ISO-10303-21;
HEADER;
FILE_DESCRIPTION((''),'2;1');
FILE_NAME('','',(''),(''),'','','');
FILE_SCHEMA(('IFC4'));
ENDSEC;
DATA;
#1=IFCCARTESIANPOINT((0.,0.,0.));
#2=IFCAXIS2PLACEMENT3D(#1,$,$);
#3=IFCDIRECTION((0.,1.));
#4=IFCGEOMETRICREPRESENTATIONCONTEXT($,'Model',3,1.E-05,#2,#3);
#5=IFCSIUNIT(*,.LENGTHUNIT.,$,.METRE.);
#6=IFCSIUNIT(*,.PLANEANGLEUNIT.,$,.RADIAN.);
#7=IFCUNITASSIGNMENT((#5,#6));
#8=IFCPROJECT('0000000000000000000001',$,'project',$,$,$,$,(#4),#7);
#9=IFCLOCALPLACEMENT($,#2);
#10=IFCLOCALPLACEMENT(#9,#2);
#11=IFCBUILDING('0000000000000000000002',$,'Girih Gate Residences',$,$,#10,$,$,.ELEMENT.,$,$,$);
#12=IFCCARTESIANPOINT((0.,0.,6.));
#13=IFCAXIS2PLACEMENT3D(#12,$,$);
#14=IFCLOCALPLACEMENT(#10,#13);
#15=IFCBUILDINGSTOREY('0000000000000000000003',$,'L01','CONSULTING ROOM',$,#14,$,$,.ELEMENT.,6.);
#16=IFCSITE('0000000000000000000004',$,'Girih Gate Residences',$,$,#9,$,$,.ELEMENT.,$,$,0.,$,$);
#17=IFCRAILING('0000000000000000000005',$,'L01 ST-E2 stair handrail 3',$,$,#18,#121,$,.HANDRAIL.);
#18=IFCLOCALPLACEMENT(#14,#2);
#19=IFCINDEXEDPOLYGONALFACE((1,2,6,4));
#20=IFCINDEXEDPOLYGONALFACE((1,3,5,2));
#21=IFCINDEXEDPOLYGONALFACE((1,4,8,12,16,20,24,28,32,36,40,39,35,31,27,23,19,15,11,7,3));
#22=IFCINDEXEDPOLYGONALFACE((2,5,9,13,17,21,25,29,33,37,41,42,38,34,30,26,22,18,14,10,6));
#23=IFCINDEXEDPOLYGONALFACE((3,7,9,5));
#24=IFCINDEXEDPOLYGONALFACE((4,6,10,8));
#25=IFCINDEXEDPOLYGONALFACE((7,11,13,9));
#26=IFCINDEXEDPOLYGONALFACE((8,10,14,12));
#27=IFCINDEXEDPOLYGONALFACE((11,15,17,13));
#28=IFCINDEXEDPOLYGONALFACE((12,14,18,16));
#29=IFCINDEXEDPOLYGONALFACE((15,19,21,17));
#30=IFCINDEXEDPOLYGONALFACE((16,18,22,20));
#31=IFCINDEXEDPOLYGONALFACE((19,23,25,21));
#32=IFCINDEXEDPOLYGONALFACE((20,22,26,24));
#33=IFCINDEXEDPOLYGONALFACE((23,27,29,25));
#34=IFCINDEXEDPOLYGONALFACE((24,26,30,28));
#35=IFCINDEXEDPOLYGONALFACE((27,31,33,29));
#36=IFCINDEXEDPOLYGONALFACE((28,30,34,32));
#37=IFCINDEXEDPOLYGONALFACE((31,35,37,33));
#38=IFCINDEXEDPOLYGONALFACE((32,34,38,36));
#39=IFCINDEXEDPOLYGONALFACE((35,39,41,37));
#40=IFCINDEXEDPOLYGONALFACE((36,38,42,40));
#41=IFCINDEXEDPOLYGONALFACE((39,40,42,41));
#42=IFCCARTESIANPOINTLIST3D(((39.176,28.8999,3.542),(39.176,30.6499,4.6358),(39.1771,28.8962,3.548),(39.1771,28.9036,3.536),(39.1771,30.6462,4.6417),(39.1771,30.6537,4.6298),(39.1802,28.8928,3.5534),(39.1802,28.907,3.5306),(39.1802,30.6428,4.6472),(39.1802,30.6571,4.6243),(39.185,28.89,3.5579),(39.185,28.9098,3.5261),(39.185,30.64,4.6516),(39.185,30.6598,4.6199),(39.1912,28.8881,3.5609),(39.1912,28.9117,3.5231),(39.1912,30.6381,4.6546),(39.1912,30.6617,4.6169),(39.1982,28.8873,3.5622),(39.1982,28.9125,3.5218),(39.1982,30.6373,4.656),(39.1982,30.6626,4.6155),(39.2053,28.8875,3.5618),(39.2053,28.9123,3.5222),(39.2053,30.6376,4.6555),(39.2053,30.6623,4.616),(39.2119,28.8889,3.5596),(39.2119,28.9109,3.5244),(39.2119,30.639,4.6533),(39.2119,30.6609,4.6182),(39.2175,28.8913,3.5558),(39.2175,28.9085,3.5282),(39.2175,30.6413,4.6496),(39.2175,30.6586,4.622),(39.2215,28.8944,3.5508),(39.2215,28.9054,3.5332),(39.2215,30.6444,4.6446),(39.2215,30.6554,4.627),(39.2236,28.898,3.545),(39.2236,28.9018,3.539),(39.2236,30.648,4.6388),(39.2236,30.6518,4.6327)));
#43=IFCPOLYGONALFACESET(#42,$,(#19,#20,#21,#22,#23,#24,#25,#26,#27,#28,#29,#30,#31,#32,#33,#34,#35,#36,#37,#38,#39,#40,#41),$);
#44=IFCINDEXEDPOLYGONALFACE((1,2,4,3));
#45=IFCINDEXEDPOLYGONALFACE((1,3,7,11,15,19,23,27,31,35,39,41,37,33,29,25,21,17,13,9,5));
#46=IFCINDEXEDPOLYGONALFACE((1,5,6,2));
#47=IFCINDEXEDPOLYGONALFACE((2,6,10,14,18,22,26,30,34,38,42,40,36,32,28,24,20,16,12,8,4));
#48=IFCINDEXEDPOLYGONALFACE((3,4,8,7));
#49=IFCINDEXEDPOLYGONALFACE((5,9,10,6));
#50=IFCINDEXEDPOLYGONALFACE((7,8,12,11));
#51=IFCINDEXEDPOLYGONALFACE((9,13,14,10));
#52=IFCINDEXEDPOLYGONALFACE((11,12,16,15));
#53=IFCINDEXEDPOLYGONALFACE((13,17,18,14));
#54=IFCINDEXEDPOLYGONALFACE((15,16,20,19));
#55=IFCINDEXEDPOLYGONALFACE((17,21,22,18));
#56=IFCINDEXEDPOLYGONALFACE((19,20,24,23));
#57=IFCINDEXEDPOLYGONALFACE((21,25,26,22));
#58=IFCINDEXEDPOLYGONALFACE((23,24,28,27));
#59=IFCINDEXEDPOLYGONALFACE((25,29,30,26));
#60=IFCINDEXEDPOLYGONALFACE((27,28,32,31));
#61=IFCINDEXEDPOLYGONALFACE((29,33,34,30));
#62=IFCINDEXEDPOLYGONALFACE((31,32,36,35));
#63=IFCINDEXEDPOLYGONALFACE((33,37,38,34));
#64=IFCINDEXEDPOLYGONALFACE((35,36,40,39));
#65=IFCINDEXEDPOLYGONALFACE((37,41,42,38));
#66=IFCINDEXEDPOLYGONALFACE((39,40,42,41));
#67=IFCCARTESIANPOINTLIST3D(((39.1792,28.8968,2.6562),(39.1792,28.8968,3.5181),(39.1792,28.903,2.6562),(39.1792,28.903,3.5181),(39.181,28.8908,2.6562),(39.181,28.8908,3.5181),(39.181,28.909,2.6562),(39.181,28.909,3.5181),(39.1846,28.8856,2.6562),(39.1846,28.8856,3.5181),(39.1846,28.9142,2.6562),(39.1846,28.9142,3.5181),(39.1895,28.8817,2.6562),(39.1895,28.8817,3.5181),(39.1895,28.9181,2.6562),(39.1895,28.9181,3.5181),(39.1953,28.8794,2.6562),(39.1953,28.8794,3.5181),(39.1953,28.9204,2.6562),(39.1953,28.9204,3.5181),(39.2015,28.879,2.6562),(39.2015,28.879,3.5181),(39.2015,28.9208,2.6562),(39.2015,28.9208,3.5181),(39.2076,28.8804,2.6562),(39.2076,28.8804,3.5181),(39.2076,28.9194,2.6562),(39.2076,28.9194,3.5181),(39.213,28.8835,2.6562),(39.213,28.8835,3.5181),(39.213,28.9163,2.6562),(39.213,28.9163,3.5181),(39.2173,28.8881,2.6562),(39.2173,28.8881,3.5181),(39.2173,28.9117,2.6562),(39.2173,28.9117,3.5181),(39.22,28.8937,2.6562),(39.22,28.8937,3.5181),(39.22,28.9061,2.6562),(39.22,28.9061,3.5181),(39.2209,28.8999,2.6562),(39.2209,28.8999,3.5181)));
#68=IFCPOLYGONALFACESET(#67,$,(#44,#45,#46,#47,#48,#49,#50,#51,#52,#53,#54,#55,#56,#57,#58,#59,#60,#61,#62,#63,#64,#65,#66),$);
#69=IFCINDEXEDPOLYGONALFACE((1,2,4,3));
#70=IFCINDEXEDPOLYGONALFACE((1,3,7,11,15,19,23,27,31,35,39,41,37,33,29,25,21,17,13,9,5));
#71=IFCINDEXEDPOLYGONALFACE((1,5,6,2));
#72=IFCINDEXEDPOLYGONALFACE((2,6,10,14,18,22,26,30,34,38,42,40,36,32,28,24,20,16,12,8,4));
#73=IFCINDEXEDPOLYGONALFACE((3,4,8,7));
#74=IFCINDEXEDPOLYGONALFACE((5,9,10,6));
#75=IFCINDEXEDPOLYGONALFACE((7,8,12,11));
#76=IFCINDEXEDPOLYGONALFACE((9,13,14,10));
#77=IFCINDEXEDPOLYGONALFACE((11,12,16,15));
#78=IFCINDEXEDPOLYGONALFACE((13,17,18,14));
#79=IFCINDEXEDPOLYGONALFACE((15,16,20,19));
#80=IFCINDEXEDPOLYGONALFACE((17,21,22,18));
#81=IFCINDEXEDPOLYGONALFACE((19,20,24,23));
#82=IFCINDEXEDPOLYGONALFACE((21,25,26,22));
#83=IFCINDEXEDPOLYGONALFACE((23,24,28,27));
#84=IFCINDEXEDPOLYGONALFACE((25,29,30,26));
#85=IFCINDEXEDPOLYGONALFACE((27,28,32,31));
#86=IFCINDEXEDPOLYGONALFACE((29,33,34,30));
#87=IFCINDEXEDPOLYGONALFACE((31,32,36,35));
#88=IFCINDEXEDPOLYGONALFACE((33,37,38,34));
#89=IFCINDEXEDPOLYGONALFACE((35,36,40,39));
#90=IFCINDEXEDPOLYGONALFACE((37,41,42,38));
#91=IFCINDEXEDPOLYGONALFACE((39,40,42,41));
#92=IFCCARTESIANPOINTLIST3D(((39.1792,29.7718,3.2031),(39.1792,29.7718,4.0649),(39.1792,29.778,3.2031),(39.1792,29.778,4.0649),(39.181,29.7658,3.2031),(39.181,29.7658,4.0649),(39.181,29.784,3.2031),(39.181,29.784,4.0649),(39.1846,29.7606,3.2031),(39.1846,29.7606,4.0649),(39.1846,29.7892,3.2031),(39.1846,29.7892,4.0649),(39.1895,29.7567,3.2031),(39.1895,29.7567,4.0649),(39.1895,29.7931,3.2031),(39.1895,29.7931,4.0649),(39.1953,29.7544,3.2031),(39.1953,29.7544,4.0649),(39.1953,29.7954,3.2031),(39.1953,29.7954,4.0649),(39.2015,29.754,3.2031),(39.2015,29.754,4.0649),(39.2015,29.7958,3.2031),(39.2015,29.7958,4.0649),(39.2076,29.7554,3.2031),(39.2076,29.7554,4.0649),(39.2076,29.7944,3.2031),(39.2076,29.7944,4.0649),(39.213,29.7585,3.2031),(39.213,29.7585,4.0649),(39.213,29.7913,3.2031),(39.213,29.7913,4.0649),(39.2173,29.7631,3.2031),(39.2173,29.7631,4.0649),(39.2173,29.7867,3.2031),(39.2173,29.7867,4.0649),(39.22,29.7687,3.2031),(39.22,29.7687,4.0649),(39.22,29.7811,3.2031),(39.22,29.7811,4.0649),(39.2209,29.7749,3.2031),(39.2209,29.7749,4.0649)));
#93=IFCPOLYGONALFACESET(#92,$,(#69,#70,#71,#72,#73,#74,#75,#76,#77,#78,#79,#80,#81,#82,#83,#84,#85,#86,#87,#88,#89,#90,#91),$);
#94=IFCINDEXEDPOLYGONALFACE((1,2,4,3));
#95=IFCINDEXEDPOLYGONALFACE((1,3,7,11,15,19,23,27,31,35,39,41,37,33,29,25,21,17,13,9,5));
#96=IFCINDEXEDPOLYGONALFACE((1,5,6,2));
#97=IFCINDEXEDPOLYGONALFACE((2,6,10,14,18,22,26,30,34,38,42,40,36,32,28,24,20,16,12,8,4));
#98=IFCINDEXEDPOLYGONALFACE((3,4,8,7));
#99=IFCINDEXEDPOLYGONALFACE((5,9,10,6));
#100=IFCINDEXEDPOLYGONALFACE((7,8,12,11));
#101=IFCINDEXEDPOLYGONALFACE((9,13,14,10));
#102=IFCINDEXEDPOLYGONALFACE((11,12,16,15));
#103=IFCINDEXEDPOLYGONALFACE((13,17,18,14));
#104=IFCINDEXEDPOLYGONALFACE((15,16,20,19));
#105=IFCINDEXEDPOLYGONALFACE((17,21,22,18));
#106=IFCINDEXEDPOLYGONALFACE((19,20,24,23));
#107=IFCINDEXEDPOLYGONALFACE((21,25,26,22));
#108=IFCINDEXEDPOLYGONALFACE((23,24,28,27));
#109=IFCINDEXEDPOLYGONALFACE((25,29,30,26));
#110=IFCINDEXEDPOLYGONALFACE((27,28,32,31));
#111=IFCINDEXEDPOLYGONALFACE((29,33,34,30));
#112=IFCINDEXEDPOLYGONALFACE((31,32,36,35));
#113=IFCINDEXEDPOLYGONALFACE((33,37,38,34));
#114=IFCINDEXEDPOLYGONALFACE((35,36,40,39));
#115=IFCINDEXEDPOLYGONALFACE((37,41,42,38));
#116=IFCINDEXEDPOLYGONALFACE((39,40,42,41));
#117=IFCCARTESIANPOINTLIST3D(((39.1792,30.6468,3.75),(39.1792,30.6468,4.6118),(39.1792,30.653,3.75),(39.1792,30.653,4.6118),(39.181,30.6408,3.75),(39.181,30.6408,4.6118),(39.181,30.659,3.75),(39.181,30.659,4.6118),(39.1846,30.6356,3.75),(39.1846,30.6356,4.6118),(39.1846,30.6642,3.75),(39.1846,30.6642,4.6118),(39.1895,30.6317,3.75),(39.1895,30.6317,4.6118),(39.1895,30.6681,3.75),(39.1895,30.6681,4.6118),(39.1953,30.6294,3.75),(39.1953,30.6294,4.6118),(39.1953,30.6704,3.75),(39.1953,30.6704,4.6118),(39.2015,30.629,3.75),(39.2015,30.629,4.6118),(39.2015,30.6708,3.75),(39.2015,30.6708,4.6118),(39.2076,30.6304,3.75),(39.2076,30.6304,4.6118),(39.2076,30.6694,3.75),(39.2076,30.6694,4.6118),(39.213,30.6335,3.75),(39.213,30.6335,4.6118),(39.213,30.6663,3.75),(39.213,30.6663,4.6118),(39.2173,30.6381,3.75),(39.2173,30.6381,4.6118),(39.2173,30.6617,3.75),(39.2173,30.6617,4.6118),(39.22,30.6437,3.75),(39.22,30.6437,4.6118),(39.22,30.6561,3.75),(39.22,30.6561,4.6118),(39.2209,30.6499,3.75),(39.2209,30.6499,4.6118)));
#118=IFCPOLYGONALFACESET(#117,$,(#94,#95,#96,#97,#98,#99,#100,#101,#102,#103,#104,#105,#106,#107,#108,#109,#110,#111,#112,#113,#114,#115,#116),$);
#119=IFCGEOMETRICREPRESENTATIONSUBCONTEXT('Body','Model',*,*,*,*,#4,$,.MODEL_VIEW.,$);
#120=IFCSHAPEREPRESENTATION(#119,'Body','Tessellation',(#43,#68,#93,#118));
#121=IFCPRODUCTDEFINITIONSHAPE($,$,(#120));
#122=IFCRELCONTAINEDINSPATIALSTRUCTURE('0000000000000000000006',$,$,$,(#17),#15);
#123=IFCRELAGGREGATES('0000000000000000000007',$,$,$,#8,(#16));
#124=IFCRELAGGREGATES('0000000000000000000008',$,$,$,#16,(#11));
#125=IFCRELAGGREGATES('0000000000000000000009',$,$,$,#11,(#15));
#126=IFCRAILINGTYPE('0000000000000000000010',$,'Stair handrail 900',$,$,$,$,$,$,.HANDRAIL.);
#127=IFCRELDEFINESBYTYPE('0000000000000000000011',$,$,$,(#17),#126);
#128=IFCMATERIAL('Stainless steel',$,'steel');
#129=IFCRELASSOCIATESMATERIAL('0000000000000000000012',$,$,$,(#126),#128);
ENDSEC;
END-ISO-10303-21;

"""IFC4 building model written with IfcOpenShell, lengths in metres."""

from ifc_helpers import new_model, si_unit, direction, frame, origin, origin_2d, place, context, subcontext, project, spatial, circle, extrude, material, type_object, element, save


model = new_model("IFC4")

# Units and contexts
model_context = context("Model", 3, precision=1e-05, world=origin(), true_north=direction((0.0, 1.0)))
body_context = subcontext(model_context, "Body", "Model", "MODEL_VIEW")
ifc_project = project(units=[si_unit("LENGTHUNIT", "METRE"), si_unit("PLANEANGLEUNIT", "RADIAN")], contexts=[model_context])

# Site, building, storey
site_placement = place(None, origin())
site = spatial("IfcSite", under=ifc_project, at=site_placement, Name="Girih Gate Residences", CompositionType="ELEMENT", RefElevation=0.0)
building_placement = place(site_placement, origin())
building = spatial("IfcBuilding", under=site, at=building_placement, Name="Girih Gate Residences", CompositionType="ELEMENT")
storey_placement = place(building_placement, frame((0.0, 0.0, 6.0)))
storey = spatial("IfcBuildingStorey", under=building, at=storey_placement, Name="L01", Description="CONSULTING ROOM", CompositionType="ELEMENT", Elevation=6.0)

# Railing
ifc_material_1 = material(Name="Stainless steel", Category="steel")
railing_type_1 = type_object("IfcRailingType", Name="Stair handrail 900", PredefinedType="HANDRAIL", material=ifc_material_1)
railing_1_placement = place(storey_placement, frame((39.2, 28.8999, 2.6562)))
element("IfcRailing", 1, at=railing_1_placement, inside=storey, type_object=railing_type_1, Name="L01 ST-E2 stair handrail 3", PredefinedType="HANDRAIL", context=body_context, shape_type="SweptSolid", body=[
    extrude(circle(Radius=0.0239, at=origin_2d()), frame((0.0, 0.0, 0.8857), z_axis=(0.0, 0.847998, 0.529999), x_axis=(-1.0, 0.0, 0.0)), (0.0, 0.0, 1.0), 2.0637),
    extrude(circle(Radius=0.021, at=origin_2d()), origin(), (0.0, 0.0, 1.0), 0.8618),
    extrude(circle(Radius=0.021, at=origin_2d()), frame((0.0, 0.875, 0.5469)), (0.0, 0.0, 1.0), 0.8618),
    extrude(circle(Radius=0.021, at=origin_2d()), frame((0.0, 1.75, 1.0938)), (0.0, 0.0, 1.0), 0.8618),
])

save(model, "model.ifc")
